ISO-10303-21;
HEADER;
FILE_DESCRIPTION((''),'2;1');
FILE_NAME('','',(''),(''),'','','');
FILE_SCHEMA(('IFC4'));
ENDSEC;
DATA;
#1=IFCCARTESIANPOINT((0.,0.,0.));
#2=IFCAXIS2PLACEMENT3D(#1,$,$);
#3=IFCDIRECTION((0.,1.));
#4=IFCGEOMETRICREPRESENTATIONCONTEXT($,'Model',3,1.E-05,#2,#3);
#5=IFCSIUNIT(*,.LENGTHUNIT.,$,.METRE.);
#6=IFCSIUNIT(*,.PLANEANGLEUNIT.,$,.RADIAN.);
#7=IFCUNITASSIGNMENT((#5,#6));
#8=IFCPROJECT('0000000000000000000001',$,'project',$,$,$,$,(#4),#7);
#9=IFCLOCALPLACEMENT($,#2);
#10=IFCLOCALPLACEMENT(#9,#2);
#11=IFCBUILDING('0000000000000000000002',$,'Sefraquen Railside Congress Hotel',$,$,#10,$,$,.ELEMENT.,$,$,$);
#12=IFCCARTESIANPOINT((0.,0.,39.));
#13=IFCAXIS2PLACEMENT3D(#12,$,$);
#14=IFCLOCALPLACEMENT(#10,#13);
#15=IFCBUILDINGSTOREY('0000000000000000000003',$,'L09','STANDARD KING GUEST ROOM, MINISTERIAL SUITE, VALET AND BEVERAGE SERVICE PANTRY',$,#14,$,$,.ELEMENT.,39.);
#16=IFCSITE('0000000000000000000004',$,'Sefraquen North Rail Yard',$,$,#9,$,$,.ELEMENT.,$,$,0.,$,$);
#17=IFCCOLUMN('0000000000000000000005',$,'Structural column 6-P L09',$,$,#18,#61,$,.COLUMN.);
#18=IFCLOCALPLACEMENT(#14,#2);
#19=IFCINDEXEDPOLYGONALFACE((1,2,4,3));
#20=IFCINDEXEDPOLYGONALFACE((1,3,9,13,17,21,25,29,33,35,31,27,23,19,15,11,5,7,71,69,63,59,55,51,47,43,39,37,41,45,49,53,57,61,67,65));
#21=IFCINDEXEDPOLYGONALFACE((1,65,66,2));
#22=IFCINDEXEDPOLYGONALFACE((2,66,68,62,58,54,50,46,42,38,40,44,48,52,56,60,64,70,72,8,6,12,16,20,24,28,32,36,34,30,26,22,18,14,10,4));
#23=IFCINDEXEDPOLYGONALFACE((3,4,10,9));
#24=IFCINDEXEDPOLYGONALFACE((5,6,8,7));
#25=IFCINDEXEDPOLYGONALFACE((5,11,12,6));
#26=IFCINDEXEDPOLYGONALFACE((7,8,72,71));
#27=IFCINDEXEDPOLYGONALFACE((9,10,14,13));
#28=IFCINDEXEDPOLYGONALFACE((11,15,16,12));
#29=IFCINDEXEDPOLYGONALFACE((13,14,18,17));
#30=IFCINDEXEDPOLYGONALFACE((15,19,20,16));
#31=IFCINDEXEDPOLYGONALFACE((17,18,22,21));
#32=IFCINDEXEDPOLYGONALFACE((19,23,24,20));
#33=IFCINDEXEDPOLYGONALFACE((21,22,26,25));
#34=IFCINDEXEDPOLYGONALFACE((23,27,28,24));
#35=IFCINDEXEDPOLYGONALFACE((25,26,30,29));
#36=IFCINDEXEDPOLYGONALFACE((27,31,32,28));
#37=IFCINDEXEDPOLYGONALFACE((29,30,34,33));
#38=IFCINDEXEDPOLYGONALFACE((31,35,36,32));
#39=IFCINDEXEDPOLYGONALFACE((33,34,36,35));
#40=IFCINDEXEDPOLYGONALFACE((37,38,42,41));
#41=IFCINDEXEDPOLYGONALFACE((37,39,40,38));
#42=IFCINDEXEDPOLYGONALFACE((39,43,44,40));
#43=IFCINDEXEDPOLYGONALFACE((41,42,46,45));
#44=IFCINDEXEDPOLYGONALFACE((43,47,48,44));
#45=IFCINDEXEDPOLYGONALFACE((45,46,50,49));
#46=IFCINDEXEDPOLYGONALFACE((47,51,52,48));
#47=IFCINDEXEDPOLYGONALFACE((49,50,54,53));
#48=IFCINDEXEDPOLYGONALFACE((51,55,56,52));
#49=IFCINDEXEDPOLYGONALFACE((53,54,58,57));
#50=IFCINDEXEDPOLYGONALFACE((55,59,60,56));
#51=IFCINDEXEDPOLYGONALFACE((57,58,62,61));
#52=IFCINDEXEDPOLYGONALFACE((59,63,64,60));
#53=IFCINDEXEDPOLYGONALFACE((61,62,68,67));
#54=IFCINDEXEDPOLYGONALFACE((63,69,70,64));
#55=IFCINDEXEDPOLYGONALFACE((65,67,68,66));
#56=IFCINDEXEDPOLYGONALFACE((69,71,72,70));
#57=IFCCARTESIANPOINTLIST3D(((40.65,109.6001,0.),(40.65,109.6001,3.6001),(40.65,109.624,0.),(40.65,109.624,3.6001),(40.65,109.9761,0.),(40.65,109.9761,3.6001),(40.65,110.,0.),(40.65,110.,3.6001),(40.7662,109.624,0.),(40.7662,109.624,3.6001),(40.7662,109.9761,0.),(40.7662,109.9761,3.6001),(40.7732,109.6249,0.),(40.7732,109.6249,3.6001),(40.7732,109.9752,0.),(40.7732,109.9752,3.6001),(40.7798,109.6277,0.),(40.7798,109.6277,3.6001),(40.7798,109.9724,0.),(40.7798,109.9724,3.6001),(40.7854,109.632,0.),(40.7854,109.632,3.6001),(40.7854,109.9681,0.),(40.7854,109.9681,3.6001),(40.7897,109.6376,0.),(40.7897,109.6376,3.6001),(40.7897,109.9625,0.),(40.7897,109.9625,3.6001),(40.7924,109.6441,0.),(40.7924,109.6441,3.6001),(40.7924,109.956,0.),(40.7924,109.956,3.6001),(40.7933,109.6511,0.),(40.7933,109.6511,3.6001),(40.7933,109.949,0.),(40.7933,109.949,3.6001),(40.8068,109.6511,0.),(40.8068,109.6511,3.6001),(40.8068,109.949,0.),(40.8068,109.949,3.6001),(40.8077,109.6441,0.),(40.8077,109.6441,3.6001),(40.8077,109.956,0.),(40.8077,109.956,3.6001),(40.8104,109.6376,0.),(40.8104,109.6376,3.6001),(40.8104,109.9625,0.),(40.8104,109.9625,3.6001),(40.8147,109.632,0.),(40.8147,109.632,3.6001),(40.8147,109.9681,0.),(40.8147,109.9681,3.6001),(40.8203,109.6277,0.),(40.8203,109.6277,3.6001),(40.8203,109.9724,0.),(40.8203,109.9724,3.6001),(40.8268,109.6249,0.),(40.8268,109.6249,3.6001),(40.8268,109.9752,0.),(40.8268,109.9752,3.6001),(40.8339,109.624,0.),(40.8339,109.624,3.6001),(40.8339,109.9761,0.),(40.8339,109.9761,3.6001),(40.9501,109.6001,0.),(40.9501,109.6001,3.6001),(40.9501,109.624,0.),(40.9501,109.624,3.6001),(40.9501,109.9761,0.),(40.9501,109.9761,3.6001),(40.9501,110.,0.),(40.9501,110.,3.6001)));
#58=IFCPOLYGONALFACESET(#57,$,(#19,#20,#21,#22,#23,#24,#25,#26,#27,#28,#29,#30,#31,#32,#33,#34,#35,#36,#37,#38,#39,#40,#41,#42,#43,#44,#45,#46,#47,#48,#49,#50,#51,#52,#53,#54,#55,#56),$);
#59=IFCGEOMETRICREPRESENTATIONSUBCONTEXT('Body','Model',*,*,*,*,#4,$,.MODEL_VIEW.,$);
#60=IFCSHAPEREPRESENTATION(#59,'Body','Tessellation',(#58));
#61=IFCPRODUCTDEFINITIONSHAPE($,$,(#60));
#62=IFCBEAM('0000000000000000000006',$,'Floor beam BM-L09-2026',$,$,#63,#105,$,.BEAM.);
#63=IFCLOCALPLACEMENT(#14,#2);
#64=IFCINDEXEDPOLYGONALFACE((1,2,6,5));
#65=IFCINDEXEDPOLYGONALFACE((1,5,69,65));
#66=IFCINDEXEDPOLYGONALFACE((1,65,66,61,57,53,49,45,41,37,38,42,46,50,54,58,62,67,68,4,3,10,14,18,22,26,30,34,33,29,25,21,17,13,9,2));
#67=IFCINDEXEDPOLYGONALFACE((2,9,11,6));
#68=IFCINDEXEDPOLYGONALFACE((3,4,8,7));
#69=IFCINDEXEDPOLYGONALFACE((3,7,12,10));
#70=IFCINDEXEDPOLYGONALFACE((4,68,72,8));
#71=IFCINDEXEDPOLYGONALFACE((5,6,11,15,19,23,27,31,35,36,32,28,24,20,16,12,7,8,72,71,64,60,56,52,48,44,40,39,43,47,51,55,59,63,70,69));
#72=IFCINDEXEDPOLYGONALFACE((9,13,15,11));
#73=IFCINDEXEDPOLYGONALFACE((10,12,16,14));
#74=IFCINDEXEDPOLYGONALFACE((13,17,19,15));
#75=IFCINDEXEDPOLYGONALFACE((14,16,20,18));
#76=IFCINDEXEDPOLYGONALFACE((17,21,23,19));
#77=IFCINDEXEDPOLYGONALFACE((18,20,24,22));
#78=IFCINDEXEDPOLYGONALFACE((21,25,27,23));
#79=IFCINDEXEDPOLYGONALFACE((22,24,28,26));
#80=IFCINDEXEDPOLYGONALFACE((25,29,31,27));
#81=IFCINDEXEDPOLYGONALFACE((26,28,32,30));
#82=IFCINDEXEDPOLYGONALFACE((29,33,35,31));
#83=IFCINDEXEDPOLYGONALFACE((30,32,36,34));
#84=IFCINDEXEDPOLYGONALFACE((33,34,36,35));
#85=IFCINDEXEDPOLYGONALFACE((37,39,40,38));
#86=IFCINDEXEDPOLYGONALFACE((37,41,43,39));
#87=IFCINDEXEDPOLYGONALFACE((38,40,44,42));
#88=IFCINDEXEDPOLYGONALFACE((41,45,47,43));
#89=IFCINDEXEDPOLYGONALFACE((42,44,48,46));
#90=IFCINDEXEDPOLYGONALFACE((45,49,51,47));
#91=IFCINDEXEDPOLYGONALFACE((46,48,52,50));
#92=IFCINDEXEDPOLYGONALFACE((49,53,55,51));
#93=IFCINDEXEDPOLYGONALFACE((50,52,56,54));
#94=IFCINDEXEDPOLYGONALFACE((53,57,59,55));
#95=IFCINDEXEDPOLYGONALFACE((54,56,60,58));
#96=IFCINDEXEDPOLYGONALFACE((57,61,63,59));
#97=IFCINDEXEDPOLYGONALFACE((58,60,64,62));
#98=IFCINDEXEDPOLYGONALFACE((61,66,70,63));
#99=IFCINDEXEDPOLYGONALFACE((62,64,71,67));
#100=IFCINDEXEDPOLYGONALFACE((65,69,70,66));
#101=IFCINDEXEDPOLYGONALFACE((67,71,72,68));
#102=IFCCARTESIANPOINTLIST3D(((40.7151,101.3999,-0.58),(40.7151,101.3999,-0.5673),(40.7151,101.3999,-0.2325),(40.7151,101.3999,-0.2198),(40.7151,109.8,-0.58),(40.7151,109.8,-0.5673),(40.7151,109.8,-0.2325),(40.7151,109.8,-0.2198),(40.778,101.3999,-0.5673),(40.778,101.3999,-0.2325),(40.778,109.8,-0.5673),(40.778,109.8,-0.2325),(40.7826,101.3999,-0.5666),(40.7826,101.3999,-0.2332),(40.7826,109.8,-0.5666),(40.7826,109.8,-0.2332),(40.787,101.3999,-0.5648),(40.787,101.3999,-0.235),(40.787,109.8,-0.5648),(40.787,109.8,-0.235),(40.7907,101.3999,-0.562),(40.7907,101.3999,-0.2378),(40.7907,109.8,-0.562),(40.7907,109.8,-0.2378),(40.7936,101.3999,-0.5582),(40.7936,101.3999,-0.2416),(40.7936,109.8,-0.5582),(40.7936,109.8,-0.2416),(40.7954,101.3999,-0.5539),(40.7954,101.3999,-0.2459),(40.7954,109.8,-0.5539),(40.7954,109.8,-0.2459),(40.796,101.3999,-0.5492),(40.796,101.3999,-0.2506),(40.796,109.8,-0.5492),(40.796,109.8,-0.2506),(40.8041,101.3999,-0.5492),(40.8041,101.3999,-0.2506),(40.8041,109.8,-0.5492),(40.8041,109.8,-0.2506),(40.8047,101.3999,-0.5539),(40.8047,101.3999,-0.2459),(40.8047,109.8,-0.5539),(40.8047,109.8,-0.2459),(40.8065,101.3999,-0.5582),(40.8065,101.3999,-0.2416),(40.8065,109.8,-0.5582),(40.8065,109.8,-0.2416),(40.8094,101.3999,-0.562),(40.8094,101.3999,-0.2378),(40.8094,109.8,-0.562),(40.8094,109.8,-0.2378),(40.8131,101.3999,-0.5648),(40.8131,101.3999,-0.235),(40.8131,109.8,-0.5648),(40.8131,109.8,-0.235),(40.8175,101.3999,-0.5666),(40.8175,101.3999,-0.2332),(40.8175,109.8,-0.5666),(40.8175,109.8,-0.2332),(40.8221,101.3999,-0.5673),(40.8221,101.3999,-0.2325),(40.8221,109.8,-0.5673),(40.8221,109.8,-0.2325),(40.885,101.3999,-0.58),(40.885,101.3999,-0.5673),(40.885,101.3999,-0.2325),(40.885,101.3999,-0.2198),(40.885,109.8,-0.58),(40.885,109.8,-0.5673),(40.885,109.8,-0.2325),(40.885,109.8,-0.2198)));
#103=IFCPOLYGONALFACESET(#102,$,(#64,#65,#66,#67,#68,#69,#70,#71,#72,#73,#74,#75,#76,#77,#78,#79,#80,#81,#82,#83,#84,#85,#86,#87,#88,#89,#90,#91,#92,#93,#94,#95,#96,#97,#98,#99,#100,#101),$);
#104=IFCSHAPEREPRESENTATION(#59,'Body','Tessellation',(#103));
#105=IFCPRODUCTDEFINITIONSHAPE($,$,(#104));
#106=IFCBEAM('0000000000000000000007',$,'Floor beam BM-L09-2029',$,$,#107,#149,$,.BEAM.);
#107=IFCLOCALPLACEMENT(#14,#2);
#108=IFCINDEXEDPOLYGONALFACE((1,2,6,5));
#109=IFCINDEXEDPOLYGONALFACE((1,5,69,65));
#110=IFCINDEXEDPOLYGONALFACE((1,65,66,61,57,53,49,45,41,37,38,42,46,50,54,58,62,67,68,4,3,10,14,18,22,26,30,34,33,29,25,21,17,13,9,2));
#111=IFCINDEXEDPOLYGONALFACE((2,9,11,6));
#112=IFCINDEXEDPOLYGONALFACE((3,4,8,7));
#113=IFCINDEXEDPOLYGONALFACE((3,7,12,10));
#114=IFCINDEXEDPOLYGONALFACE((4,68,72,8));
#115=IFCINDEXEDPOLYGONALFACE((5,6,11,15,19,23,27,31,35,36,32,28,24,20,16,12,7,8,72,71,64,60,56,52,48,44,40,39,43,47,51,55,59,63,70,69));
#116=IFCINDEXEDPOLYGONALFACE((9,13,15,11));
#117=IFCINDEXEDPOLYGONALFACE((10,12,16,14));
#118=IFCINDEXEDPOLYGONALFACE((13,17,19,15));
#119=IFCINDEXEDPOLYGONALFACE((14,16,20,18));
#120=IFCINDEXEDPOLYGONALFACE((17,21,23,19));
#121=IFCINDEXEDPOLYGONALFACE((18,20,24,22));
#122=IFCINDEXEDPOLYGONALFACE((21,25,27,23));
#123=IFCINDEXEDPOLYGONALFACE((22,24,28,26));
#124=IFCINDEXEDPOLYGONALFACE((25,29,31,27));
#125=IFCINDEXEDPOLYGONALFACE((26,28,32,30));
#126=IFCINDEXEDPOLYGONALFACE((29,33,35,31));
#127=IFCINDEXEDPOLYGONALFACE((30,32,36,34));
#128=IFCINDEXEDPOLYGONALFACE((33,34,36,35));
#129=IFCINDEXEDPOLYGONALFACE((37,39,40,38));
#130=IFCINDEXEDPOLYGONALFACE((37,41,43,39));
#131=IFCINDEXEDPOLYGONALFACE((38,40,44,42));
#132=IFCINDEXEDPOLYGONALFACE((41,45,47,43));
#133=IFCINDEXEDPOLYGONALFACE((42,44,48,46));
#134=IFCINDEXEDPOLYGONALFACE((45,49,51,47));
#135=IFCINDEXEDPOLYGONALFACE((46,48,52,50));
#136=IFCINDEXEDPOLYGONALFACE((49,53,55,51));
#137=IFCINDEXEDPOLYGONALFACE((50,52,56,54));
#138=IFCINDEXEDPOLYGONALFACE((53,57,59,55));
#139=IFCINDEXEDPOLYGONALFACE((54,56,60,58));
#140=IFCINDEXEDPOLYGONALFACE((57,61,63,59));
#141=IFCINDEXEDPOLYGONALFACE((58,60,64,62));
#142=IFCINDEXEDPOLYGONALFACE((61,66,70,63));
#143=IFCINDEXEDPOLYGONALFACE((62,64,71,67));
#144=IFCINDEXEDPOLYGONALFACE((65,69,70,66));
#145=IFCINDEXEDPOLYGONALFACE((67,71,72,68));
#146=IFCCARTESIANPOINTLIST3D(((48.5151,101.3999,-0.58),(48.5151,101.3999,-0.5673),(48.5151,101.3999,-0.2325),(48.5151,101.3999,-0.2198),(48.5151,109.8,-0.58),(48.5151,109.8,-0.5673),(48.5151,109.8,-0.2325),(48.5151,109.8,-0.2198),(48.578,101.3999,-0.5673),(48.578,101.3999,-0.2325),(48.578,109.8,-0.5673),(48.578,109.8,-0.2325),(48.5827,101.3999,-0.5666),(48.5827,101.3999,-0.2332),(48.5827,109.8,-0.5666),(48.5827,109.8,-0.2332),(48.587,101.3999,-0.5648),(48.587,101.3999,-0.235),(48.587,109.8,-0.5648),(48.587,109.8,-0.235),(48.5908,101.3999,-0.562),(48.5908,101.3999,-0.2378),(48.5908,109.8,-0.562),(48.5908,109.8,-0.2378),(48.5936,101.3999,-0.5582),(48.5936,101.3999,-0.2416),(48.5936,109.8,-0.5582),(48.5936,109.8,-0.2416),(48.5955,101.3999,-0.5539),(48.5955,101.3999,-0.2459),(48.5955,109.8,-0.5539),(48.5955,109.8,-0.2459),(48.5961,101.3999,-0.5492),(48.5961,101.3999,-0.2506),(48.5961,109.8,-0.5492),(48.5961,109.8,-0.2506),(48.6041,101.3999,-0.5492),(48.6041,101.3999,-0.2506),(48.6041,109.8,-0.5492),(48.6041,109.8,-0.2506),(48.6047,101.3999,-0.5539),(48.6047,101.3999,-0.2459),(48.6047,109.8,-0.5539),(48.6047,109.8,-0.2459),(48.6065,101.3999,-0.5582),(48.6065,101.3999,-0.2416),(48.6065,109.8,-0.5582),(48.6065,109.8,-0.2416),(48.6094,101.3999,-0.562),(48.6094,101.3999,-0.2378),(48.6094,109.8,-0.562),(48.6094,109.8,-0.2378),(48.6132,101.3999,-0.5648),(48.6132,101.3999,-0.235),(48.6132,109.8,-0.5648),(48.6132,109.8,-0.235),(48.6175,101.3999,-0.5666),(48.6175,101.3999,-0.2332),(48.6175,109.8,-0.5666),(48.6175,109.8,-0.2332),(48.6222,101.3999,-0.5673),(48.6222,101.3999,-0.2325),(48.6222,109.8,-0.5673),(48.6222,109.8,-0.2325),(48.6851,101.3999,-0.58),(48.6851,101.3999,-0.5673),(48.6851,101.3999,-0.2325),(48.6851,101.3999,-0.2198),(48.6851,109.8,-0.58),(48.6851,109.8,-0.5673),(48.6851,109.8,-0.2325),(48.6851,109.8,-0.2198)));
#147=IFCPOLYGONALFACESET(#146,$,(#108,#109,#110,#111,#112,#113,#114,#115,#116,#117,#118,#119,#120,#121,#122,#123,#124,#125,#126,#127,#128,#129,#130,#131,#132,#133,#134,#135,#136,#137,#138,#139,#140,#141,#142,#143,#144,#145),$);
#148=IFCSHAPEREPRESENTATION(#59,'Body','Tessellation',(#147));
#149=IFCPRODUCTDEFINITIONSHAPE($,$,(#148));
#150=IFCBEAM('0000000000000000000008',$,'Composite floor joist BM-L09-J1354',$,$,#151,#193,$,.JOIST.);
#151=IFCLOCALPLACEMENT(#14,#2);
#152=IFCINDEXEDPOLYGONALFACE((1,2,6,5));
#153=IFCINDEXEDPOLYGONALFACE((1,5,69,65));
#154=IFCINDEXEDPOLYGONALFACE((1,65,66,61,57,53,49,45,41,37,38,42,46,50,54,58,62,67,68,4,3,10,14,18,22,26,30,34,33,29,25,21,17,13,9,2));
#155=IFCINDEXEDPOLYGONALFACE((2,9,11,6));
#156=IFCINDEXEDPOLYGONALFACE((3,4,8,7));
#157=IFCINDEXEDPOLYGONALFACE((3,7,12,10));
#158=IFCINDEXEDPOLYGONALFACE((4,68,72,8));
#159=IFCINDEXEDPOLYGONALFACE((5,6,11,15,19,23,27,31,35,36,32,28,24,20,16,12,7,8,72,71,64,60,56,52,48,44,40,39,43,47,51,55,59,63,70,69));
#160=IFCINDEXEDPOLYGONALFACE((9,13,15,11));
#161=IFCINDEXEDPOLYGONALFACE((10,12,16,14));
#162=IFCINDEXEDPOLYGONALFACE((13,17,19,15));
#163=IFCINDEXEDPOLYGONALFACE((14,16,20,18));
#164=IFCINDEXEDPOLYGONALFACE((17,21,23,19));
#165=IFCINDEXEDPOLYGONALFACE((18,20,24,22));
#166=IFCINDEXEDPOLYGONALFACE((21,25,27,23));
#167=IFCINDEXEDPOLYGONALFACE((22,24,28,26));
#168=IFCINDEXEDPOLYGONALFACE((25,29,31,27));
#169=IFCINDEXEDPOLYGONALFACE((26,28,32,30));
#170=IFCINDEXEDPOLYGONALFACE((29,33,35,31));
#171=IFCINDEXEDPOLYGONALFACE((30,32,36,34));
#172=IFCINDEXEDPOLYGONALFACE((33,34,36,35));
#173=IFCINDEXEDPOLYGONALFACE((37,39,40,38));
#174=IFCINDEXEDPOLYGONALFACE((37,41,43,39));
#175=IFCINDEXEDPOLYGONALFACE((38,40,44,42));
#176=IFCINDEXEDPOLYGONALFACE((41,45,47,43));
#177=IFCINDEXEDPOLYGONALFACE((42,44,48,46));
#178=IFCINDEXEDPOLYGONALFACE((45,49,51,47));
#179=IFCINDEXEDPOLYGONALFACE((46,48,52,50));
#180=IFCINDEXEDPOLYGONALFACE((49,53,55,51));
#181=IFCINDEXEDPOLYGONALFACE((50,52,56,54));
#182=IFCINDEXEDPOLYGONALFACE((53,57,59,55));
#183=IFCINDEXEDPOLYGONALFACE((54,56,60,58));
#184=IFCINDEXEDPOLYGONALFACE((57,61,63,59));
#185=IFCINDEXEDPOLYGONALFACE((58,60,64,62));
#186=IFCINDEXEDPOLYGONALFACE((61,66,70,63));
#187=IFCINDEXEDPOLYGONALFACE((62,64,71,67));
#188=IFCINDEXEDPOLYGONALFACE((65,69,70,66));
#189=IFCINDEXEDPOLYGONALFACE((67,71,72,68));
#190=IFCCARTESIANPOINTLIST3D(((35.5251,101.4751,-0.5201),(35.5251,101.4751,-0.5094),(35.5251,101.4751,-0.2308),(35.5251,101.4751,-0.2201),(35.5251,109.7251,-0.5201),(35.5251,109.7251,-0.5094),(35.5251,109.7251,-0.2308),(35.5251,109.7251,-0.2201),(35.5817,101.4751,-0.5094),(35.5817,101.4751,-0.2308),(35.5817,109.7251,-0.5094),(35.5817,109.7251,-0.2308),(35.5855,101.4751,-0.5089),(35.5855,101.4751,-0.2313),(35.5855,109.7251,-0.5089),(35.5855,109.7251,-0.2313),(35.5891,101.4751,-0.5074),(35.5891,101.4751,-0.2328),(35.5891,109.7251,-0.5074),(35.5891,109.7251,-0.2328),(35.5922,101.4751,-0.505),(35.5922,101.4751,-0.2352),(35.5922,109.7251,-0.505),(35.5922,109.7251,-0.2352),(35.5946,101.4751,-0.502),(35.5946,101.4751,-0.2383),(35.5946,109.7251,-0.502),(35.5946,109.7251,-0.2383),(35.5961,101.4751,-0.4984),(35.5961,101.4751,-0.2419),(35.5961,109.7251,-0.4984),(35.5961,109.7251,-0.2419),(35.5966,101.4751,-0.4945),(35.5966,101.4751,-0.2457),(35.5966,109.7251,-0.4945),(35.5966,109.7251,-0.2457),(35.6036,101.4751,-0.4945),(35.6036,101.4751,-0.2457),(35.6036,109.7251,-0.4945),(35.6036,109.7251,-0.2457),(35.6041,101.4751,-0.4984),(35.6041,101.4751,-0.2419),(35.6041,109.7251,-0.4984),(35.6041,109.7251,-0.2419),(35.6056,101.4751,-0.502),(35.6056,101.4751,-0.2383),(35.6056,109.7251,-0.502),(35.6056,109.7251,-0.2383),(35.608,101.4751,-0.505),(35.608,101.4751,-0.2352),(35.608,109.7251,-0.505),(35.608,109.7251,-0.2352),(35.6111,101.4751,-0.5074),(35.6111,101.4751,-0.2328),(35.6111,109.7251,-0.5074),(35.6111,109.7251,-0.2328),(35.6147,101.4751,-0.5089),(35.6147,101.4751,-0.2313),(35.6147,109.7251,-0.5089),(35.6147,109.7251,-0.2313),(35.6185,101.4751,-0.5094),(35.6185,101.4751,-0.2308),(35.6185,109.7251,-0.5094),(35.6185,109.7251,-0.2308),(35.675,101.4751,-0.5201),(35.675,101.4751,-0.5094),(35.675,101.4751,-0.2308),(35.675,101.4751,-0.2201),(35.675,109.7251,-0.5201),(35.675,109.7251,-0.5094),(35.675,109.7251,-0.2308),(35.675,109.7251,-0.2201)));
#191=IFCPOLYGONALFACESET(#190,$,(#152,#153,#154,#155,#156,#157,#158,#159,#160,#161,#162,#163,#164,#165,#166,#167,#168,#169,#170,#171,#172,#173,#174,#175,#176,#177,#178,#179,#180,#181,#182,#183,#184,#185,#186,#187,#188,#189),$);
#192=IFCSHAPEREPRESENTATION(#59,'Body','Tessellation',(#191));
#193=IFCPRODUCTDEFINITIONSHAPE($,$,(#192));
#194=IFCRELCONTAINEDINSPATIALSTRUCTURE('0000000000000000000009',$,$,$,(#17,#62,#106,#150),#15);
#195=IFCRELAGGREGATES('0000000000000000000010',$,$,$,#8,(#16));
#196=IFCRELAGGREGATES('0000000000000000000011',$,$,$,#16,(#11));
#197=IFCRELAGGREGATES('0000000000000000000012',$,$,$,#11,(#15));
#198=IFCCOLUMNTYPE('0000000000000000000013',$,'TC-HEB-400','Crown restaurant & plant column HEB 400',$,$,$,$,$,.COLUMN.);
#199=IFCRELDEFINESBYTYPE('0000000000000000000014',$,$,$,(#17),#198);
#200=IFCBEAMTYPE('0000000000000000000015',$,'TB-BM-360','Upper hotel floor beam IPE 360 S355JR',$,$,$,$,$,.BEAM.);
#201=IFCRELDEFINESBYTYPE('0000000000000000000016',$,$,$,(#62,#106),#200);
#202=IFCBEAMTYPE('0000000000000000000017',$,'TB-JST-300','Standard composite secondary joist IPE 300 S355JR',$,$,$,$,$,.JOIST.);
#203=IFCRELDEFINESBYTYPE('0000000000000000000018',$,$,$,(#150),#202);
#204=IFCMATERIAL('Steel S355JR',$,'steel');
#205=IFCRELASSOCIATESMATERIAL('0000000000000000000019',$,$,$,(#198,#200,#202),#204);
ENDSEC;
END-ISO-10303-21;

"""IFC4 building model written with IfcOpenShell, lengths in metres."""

from ifc_helpers import new_model, si_unit, direction, frame, origin, origin_2d, place, context, subcontext, project, spatial, i_section, extrude, material, material_profile, profile_set, type_object, element, save


model = new_model("IFC4")

# Units and contexts
model_context = context("Model", 3, precision=1e-05, world=origin(), true_north=direction((0.0, 1.0)))
body_context = subcontext(model_context, "Body", "Model", "MODEL_VIEW")
ifc_project = project(units=[si_unit("LENGTHUNIT", "METRE"), si_unit("PLANEANGLEUNIT", "RADIAN")], contexts=[model_context])

# Site, building, storey
site_placement = place(None, origin())
site = spatial("IfcSite", under=ifc_project, at=site_placement, Name="Sefraquen North Rail Yard", CompositionType="ELEMENT", RefElevation=0.0)
building_placement = place(site_placement, origin())
building = spatial("IfcBuilding", under=site, at=building_placement, Name="Sefraquen Railside Congress Hotel", CompositionType="ELEMENT")
storey_placement = place(building_placement, frame((0.0, 0.0, 39.0)))
storey = spatial("IfcBuildingStorey", under=building, at=storey_placement, Name="L09", Description="STANDARD KING GUEST ROOM, MINISTERIAL SUITE, VALET AND BEVERAGE SERVICE PANTRY", CompositionType="ELEMENT", Elevation=39.0)

# Column
ifc_material_1 = material(Name="Steel S355JR", Category="steel")
ifc_material_profile_1 = material_profile(ifc_material_1, i_section(OverallWidth=0.3, OverallDepth=0.3999, WebThickness=0.0134, FlangeThickness=0.0239, FilletRadius=0.0271, at=origin_2d()), Name="HEB 400")
ifc_profile_set_1 = profile_set([ifc_material_profile_1], Name="Steel S355JR")
column_type = type_object("IfcColumnType", Name="TC-HEB-400", Description="Crown restaurant & plant column HEB 400", PredefinedType="COLUMN", material=ifc_profile_set_1)
column_placement = place(storey_placement, frame((40.8, 109.8, 0.0), z_axis=(0.0, 0.0, 1.0), x_axis=(1.0, 0.0, 0.0)))
element("IfcColumn", 1, at=column_placement, inside=storey, type_object=column_type, Name="Structural column 6-P L09", PredefinedType="COLUMN", context=body_context, shape_type="SweptSolid", body=[
    extrude(i_section(OverallWidth=0.3, OverallDepth=0.3999, WebThickness=0.0134, FlangeThickness=0.0239, FilletRadius=0.0271, at=origin_2d()), origin(), (0.0, 0.0, 1.0), 3.6001),
])

# Beams
ifc_material_profile_2 = material_profile(ifc_material_1, i_section(OverallWidth=0.1699, OverallDepth=0.3601, WebThickness=0.0081, FlangeThickness=0.0127, FilletRadius=0.0181, at=origin_2d()), Name="IPE 360")
ifc_profile_set_2 = profile_set([ifc_material_profile_2], Name="Steel S355JR")
beam_type_1 = type_object("IfcBeamType", Name="TB-BM-360", Description="Upper hotel floor beam IPE 360 S355JR", PredefinedType="BEAM", material=ifc_profile_set_2)
for number, where, z_axis, x_axis, name in (
    (2, (40.8, 101.3999, -0.3999), (0.0, 1.0, 0.0), (-1.0, 0.0, 0.0), "Floor beam BM-L09-2026"),
    (3, (48.6001, 101.3999, -0.3999), (0.0, 1.0, 0.0), (-1.0, 0.0, 0.0), "Floor beam BM-L09-2029"),
):
    element("IfcBeam", number, at=place(storey_placement, frame(where, z_axis=z_axis, x_axis=x_axis)), inside=storey, type_object=beam_type_1, Name=name, PredefinedType="BEAM", context=body_context, shape_type="SweptSolid", body=[
        extrude(i_section(OverallWidth=0.1699, OverallDepth=0.3601, WebThickness=0.0081, FlangeThickness=0.0127, FilletRadius=0.0181, at=origin_2d()), origin(), (0.0, 0.0, 1.0), 8.4001),
    ])
ifc_material_profile_3 = material_profile(ifc_material_1, i_section(OverallWidth=0.1499, OverallDepth=0.3, WebThickness=0.0071, FlangeThickness=0.0107, FilletRadius=0.0149, at=origin_2d()), Name="IPE 300")
ifc_profile_set_3 = profile_set([ifc_material_profile_3], Name="Steel S355JR")
beam_type_2 = type_object("IfcBeamType", Name="TB-JST-300", Description="Standard composite secondary joist IPE 300 S355JR", PredefinedType="JOIST", material=ifc_profile_set_3)
for number, where, z_axis, x_axis, name in (
    (4, (35.6001, 101.4751, -0.3701), (0.0, 1.0, 0.0), (-1.0, 0.0, 0.0), "Composite floor joist BM-L09-J1354"),
):
    element("IfcBeam", number, at=place(storey_placement, frame(where, z_axis=z_axis, x_axis=x_axis)), inside=storey, type_object=beam_type_2, Name=name, PredefinedType="JOIST", context=body_context, shape_type="SweptSolid", body=[
        extrude(i_section(OverallWidth=0.1499, OverallDepth=0.3, WebThickness=0.0071, FlangeThickness=0.0107, FilletRadius=0.0149, at=origin_2d()), origin(), (0.0, 0.0, 1.0), 8.25),
    ])

save(model, "model.ifc")
